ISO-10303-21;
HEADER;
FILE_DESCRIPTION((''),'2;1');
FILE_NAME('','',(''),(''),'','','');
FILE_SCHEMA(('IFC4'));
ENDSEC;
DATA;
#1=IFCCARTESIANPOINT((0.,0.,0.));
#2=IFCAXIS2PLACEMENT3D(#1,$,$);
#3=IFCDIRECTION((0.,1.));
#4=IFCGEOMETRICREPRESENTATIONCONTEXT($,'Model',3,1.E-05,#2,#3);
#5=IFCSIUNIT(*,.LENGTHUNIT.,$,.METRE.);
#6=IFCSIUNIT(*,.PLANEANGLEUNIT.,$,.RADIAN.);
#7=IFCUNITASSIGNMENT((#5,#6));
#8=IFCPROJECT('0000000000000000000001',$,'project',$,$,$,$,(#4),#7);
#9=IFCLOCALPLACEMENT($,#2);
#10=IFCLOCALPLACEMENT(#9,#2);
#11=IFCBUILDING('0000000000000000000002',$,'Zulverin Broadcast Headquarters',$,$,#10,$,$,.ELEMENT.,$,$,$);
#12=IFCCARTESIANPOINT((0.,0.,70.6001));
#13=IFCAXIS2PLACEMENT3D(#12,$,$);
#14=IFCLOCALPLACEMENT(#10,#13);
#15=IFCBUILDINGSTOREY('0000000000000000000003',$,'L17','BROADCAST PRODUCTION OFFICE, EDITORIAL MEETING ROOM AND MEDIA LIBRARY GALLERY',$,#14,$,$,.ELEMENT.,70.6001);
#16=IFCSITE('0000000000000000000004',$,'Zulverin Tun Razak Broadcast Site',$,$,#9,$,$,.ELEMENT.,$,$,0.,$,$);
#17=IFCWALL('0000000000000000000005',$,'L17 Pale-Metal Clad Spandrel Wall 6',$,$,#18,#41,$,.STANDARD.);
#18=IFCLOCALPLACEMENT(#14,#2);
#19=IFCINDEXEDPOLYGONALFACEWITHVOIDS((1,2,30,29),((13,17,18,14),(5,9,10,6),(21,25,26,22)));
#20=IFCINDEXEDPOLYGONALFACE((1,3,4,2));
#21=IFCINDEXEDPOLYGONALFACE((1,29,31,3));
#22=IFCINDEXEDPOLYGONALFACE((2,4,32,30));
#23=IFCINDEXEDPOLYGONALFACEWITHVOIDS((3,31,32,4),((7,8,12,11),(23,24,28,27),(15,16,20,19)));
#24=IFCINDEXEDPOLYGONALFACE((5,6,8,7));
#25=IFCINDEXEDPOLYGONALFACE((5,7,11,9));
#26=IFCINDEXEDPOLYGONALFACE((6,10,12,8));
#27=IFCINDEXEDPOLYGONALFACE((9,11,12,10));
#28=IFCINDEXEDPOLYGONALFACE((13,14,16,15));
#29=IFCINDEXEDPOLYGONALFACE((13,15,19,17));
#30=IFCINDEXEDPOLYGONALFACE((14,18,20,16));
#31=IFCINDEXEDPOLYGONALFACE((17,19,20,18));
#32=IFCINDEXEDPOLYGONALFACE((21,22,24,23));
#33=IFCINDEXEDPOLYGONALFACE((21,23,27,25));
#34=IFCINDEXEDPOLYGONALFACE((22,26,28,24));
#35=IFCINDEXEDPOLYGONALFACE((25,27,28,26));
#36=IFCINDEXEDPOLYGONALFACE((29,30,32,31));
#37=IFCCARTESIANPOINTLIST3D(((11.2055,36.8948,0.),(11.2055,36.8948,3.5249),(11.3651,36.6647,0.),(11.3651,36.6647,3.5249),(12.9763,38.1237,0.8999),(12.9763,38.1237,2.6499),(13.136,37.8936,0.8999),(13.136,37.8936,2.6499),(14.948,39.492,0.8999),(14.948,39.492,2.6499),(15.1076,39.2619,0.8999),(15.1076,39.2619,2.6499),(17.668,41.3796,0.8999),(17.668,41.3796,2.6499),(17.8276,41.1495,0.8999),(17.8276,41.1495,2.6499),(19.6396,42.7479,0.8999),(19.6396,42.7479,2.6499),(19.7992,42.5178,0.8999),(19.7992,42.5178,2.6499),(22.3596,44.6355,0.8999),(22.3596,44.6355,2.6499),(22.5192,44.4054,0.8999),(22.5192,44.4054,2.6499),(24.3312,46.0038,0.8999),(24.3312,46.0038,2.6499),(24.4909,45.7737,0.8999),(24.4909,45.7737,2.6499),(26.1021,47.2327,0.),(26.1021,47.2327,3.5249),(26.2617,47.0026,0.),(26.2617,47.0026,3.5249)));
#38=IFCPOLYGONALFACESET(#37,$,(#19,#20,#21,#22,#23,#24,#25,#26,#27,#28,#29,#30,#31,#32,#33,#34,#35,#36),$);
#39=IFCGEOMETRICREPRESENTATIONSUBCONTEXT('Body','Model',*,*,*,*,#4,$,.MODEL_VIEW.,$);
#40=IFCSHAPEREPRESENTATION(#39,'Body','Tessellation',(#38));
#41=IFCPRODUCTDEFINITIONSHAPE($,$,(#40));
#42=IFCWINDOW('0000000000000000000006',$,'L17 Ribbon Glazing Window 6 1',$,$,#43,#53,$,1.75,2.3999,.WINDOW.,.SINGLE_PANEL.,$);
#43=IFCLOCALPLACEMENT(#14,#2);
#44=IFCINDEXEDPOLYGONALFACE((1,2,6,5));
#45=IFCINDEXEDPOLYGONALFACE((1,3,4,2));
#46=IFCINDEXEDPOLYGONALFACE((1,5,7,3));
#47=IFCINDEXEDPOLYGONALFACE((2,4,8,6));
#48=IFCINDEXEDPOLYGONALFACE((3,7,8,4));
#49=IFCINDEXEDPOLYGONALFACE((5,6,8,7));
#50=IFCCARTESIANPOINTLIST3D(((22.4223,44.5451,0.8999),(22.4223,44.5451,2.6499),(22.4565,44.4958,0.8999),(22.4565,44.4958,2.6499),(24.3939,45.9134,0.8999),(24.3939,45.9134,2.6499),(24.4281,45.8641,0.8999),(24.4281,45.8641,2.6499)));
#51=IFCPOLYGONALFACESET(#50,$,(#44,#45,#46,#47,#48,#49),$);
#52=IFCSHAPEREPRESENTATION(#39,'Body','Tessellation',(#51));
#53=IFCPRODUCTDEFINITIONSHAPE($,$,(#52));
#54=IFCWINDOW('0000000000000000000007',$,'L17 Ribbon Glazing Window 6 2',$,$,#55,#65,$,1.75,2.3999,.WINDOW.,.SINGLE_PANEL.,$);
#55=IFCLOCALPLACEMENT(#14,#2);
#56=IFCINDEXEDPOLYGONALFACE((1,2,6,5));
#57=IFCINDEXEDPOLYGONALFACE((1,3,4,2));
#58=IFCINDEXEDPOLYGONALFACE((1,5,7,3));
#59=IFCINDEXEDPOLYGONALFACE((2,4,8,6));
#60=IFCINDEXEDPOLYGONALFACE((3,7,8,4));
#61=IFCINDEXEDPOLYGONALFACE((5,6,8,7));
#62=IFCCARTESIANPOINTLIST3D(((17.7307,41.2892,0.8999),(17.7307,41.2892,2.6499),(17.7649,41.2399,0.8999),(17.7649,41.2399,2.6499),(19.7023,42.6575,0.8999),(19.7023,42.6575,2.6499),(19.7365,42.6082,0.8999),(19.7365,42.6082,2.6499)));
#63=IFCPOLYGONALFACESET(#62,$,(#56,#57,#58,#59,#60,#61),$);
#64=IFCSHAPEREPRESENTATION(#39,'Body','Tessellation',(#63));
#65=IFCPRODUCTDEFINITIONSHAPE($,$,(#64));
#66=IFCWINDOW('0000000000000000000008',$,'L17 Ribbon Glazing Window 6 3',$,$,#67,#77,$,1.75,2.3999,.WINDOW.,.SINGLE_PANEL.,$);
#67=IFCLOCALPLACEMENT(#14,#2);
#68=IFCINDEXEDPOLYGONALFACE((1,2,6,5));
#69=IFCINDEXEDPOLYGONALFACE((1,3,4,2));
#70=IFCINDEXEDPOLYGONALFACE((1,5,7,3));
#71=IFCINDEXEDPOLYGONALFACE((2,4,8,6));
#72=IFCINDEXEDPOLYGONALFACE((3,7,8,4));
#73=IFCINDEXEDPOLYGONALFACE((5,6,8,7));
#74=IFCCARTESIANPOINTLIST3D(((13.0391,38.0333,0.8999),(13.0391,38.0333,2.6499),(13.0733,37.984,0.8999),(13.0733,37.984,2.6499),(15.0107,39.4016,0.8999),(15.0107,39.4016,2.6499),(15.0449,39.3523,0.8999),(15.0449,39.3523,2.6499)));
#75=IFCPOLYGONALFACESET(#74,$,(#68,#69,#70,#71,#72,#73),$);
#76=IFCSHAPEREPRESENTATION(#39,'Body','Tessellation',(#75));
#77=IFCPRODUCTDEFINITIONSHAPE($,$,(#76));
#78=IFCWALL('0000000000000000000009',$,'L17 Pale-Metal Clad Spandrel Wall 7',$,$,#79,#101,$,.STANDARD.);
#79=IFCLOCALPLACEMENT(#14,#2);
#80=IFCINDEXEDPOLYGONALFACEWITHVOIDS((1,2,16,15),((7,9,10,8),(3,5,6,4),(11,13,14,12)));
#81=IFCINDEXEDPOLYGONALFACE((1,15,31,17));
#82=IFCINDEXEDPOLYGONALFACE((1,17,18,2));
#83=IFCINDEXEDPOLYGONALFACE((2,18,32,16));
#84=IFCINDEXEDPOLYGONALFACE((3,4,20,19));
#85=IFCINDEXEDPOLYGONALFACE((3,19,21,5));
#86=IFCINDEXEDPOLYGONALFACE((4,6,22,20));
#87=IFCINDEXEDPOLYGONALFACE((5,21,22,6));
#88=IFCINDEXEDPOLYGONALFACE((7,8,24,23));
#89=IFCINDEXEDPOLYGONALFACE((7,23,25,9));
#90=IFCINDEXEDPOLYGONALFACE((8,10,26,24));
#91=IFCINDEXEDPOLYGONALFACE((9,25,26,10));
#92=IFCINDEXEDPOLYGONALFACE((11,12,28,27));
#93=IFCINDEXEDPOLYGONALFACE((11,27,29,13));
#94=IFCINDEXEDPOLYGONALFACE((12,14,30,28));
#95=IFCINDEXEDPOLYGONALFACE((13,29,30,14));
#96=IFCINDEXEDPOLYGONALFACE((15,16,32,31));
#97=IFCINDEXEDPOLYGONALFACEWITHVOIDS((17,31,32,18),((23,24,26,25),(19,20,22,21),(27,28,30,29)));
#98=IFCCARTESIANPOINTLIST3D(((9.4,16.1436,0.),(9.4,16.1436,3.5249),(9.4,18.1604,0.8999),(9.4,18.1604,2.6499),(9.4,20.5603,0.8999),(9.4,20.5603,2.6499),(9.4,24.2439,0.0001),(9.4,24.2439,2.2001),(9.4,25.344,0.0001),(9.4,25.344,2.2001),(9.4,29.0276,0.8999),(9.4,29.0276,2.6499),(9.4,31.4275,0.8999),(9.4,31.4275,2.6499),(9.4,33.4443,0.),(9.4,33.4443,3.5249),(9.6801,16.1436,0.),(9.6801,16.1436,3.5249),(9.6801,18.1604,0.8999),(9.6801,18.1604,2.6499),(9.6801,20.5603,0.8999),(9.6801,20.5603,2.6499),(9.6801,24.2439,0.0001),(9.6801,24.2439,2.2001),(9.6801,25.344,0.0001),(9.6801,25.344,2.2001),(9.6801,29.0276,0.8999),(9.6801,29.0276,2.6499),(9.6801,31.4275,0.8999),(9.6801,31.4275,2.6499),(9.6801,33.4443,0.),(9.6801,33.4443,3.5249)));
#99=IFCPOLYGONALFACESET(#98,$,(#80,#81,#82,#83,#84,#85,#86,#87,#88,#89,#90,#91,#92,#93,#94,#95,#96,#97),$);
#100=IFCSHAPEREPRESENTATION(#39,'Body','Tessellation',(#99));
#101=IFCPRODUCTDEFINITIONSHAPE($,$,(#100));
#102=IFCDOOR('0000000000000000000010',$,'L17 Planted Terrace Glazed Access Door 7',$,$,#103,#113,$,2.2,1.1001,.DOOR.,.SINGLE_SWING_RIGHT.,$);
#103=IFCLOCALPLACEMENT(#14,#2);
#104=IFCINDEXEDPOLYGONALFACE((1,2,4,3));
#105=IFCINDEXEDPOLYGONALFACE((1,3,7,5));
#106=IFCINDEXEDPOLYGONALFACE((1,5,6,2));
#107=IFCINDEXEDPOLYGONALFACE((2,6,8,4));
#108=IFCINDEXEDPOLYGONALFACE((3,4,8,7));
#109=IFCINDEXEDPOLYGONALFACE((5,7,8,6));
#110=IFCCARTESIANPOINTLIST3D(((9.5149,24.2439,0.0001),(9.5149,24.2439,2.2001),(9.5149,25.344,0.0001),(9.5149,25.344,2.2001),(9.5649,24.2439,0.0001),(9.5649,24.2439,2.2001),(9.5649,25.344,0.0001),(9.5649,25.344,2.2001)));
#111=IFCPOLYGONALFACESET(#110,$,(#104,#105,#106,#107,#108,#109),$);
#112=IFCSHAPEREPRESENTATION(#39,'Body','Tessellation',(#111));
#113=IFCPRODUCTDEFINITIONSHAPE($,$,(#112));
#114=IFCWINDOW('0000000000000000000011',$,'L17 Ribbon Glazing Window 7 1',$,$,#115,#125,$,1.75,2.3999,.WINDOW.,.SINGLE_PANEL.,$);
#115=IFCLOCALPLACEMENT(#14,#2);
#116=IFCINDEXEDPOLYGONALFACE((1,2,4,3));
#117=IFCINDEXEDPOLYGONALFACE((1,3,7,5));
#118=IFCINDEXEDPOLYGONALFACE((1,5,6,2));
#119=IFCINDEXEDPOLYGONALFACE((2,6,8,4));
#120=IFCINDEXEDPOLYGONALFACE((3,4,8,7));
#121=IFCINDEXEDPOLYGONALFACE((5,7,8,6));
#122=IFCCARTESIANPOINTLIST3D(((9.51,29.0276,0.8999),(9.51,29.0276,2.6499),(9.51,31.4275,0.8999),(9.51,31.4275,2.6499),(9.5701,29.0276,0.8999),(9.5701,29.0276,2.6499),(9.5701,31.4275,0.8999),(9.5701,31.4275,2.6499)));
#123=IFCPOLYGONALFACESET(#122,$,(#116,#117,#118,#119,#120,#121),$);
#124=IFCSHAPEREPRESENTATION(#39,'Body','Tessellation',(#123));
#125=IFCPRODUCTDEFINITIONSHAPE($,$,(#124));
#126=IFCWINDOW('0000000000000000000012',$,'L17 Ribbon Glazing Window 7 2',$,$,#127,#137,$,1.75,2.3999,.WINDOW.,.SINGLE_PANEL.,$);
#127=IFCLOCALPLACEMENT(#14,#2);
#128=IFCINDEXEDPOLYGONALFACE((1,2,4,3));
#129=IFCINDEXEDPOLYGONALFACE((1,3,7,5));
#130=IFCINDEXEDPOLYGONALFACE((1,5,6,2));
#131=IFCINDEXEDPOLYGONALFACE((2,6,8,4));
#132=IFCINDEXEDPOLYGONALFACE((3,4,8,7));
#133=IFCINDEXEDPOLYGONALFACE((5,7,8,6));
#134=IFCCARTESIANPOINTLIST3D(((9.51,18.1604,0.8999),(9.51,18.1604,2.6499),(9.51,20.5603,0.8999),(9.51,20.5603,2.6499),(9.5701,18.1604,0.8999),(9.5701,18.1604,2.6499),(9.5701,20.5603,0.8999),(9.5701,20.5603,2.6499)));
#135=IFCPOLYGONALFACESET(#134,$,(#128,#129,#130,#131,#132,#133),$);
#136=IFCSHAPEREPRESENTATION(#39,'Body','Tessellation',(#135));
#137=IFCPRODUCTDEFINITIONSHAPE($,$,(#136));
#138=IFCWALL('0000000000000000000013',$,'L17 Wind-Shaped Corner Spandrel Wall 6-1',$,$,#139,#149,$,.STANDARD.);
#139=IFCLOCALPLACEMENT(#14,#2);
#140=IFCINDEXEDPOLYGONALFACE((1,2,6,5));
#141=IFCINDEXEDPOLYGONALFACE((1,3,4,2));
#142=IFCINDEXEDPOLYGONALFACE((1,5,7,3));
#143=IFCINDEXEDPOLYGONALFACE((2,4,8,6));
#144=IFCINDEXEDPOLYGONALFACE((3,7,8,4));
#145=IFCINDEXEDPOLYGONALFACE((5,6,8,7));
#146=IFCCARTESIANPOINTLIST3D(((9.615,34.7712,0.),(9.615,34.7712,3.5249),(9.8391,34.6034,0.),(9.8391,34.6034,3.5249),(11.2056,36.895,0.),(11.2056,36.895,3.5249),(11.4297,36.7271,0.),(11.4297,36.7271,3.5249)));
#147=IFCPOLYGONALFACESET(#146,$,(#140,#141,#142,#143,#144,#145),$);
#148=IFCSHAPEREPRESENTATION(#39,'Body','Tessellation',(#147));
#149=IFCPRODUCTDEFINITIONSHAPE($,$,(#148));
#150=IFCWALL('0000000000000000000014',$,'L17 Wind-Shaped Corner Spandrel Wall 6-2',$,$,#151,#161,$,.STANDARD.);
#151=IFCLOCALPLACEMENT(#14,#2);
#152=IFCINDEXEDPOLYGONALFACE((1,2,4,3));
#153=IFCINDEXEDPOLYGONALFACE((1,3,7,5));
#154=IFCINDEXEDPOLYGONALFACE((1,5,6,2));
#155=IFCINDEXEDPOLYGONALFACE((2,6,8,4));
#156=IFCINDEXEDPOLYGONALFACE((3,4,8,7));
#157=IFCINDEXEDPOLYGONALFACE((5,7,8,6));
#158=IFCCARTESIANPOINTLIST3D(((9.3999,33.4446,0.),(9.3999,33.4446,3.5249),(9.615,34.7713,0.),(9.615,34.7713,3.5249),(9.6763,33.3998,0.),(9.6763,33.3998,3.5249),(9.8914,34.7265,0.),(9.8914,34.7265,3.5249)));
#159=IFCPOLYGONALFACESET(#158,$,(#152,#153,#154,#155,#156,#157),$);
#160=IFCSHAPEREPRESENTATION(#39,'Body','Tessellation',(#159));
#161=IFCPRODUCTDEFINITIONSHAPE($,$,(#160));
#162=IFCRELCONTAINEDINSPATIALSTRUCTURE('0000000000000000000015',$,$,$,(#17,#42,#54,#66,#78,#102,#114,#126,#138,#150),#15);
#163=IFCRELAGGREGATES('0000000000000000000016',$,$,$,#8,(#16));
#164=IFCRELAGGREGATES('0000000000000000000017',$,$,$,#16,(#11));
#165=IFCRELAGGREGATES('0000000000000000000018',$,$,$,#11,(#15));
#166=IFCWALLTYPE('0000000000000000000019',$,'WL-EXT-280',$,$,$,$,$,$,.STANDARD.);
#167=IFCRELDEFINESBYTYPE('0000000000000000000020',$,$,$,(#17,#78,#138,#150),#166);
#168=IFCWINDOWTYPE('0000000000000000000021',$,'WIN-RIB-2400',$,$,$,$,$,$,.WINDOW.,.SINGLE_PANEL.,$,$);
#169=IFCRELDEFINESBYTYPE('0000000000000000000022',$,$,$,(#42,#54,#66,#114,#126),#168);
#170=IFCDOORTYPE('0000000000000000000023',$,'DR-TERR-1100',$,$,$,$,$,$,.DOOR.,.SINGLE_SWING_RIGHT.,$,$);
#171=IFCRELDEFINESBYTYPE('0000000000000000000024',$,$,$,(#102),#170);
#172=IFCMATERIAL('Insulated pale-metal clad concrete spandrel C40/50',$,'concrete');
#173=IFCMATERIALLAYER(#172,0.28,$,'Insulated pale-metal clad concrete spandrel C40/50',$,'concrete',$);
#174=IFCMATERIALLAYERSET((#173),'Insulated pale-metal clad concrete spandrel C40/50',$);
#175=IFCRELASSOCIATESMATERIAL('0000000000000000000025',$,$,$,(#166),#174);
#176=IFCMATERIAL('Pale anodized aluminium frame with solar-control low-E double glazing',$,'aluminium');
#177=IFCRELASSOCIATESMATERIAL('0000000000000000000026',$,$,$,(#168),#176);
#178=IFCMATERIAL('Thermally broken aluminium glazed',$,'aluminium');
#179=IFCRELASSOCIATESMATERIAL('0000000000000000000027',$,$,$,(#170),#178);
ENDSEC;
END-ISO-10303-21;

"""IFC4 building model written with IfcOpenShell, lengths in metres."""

from ifc_helpers import new_model, si_unit, direction, frame, frame_2d, origin, place, context, subcontext, project, spatial, rectangle, extrude, material, layer, layer_set, type_object, element, fill, save


model = new_model("IFC4")

# Units and contexts
model_context = context("Model", 3, precision=1e-05, world=origin(), true_north=direction((0.0, 1.0)))
body_context = subcontext(model_context, "Body", "Model", "MODEL_VIEW")
ifc_project = project(units=[si_unit("LENGTHUNIT", "METRE"), si_unit("PLANEANGLEUNIT", "RADIAN")], contexts=[model_context])

# Site, building, storey
site_placement = place(None, origin())
site = spatial("IfcSite", under=ifc_project, at=site_placement, Name="Zulverin Tun Razak Broadcast Site", CompositionType="ELEMENT", RefElevation=0.0)
building_placement = place(site_placement, origin())
building = spatial("IfcBuilding", under=site, at=building_placement, Name="Zulverin Broadcast Headquarters", CompositionType="ELEMENT")
storey_placement = place(building_placement, frame((0.0, 0.0, 70.6001)))
storey = spatial("IfcBuildingStorey", under=building, at=storey_placement, Name="L17", Description="BROADCAST PRODUCTION OFFICE, EDITORIAL MEETING ROOM AND MEDIA LIBRARY GALLERY", CompositionType="ELEMENT", Elevation=70.6001)

# Wall, openings, windows
ifc_material_1 = material(Name="Insulated pale-metal clad concrete spandrel C40/50", Category="concrete")
ifc_layer_1 = layer(ifc_material_1, 0.28, Name="Insulated pale-metal clad concrete spandrel C40/50", Category="concrete")
ifc_layer_set_1 = layer_set([ifc_layer_1], Name="Insulated pale-metal clad concrete spandrel C40/50")
wall_type_1 = type_object("IfcWallType", Name="WL-EXT-280", PredefinedType="STANDARD", material=ifc_layer_set_1)
wall_1_placement = place(storey_placement, frame((26.1819, 47.1177, 0.0), z_axis=(0.0, 0.0, 1.0), x_axis=(-0.821548, -0.570139, 0.0)))
wall_1 = element("IfcWall", 1, at=wall_1_placement, inside=storey, type_object=wall_type_1, Name="L17 Pale-Metal Clad Spandrel Wall 6", PredefinedType="STANDARD", context=body_context, shape_type="SweptSolid", body=[
    extrude(rectangle(XDim=18.1323, YDim=0.28, at=frame_2d((9.0662, 0.0))), origin(), (0.0, 0.0, 1.0), 3.5249),
])
opening_1_placement = place(wall_1_placement, frame((2.1555, 0.0, 0.8999)))
opening_1 = element("IfcOpeningElement", 2, at=opening_1_placement, cuts=wall_1, PredefinedType="OPENING", context=body_context, shape_type="SweptSolid", body=[
    extrude(rectangle(XDim=2.3999, YDim=1.75, at=frame_2d((1.2, 0.875))), frame((0.0, 0.1499, 0.0), z_axis=(0.0, -1.0, 0.0), x_axis=(1.0, 0.0, 0.0)), (0.0, 0.0, 1.0), 0.3),
])
opening_2_placement = place(wall_1_placement, frame((7.8662, 0.0, 0.8999)))
opening_2 = element("IfcOpeningElement", 3, at=opening_2_placement, cuts=wall_1, PredefinedType="OPENING", context=body_context, shape_type="SweptSolid", body=[
    extrude(rectangle(XDim=2.3999, YDim=1.75, at=frame_2d((1.2, 0.875))), frame((0.0, 0.1499, 0.0), z_axis=(0.0, -1.0, 0.0), x_axis=(1.0, 0.0, 0.0)), (0.0, 0.0, 1.0), 0.3),
])
opening_3_placement = place(wall_1_placement, frame((13.5769, 0.0, 0.8999)))
opening_3 = element("IfcOpeningElement", 4, at=opening_3_placement, cuts=wall_1, PredefinedType="OPENING", context=body_context, shape_type="SweptSolid", body=[
    extrude(rectangle(XDim=2.3999, YDim=1.75, at=frame_2d((1.2, 0.875))), frame((0.0, 0.1499, 0.0), z_axis=(0.0, -1.0, 0.0), x_axis=(1.0, 0.0, 0.0)), (0.0, 0.0, 1.0), 0.3),
])
ifc_material_2 = material(Name="Pale anodized aluminium frame with solar-control low-E double glazing", Category="aluminium")
window_type = type_object("IfcWindowType", Name="WIN-RIB-2400", PartitioningType="SINGLE_PANEL", PredefinedType="WINDOW", material=ifc_material_2)
window_1_placement = place(opening_1_placement, origin())
window_1 = element("IfcWindow", 5, at=window_1_placement, inside=storey, type_object=window_type, Name="L17 Ribbon Glazing Window 6 1", OverallHeight=1.75, OverallWidth=2.3999, PartitioningType="SINGLE_PANEL", PredefinedType="WINDOW", context=body_context, shape_type="SweptSolid", body=[
    extrude(rectangle(XDim=2.3999, YDim=1.75, at=frame_2d((1.2, 0.875))), frame((0.0, 0.03, 0.0), z_axis=(0.0, -1.0, 0.0), x_axis=(1.0, 0.0, 0.0)), (0.0, 0.0, 1.0), 0.0601),
])
fill(opening_1, window_1)
window_2_placement = place(opening_2_placement, origin())
window_2 = element("IfcWindow", 6, at=window_2_placement, inside=storey, type_object=window_type, Name="L17 Ribbon Glazing Window 6 2", OverallHeight=1.75, OverallWidth=2.3999, PartitioningType="SINGLE_PANEL", PredefinedType="WINDOW", context=body_context, shape_type="SweptSolid", body=[
    extrude(rectangle(XDim=2.3999, YDim=1.75, at=frame_2d((1.2, 0.875))), frame((0.0, 0.03, 0.0), z_axis=(0.0, -1.0, 0.0), x_axis=(1.0, 0.0, 0.0)), (0.0, 0.0, 1.0), 0.0601),
])
fill(opening_2, window_2)
window_3_placement = place(opening_3_placement, origin())
window_3 = element("IfcWindow", 7, at=window_3_placement, inside=storey, type_object=window_type, Name="L17 Ribbon Glazing Window 6 3", OverallHeight=1.75, OverallWidth=2.3999, PartitioningType="SINGLE_PANEL", PredefinedType="WINDOW", context=body_context, shape_type="SweptSolid", body=[
    extrude(rectangle(XDim=2.3999, YDim=1.75, at=frame_2d((1.2, 0.875))), frame((0.0, 0.03, 0.0), z_axis=(0.0, -1.0, 0.0), x_axis=(1.0, 0.0, 0.0)), (0.0, 0.0, 1.0), 0.0601),
])
fill(opening_3, window_3)

# Wall, openings, door, windows
wall_2_placement = place(storey_placement, frame((9.54, 33.4443, 0.0), z_axis=(0.0, 0.0, 1.0), x_axis=(0.0, -1.0, 0.0)))
wall_2 = element("IfcWall", 8, at=wall_2_placement, inside=storey, type_object=wall_type_1, Name="L17 Pale-Metal Clad Spandrel Wall 7", PredefinedType="STANDARD", context=body_context, shape_type="SweptSolid", body=[
    extrude(rectangle(XDim=17.3008, YDim=0.28, at=frame_2d((8.6504, 0.0))), origin(), (0.0, 0.0, 1.0), 3.5249),
])
opening_4_placement = place(wall_2_placement, frame((8.1003, 0.0, 0.0)))
opening_4 = element("IfcOpeningElement", 9, at=opening_4_placement, cuts=wall_2, PredefinedType="OPENING", context=body_context, shape_type="SweptSolid", body=[
    extrude(rectangle(XDim=1.1001, YDim=2.2, at=frame_2d((0.55, 1.1001))), frame((0.0, 0.1499, 0.0), z_axis=(0.0, -1.0, 0.0), x_axis=(1.0, 0.0, 0.0)), (0.0, 0.0, 1.0), 0.3),
])
opening_5_placement = place(wall_2_placement, frame((2.0168, 0.0, 0.8999)))
opening_5 = element("IfcOpeningElement", 10, at=opening_5_placement, cuts=wall_2, PredefinedType="OPENING", context=body_context, shape_type="SweptSolid", body=[
    extrude(rectangle(XDim=2.3999, YDim=1.75, at=frame_2d((1.2, 0.875))), frame((0.0, 0.1499, 0.0), z_axis=(0.0, -1.0, 0.0), x_axis=(1.0, 0.0, 0.0)), (0.0, 0.0, 1.0), 0.3),
])
opening_6_placement = place(wall_2_placement, frame((12.884, 0.0, 0.8999)))
opening_6 = element("IfcOpeningElement", 11, at=opening_6_placement, cuts=wall_2, PredefinedType="OPENING", context=body_context, shape_type="SweptSolid", body=[
    extrude(rectangle(XDim=2.3999, YDim=1.75, at=frame_2d((1.2, 0.875))), frame((0.0, 0.1499, 0.0), z_axis=(0.0, -1.0, 0.0), x_axis=(1.0, 0.0, 0.0)), (0.0, 0.0, 1.0), 0.3),
])
ifc_material_3 = material(Name="Thermally broken aluminium glazed", Category="aluminium")
door_type_1 = type_object("IfcDoorType", Name="DR-TERR-1100", OperationType="SINGLE_SWING_RIGHT", PredefinedType="DOOR", material=ifc_material_3)
door_1_placement = place(opening_4_placement, origin())
door_1 = element("IfcDoor", 12, at=door_1_placement, inside=storey, type_object=door_type_1, Name="L17 Planted Terrace Glazed Access Door 7", OperationType="SINGLE_SWING_RIGHT", OverallHeight=2.2, OverallWidth=1.1001, PredefinedType="DOOR", context=body_context, shape_type="SweptSolid", body=[
    extrude(rectangle(XDim=1.1001, YDim=2.2, at=frame_2d((0.55, 1.1001))), frame((0.0, 0.0249, 0.0), z_axis=(0.0, -1.0, 0.0), x_axis=(1.0, 0.0, 0.0)), (0.0, 0.0, 1.0), 0.05),
])
fill(opening_4, door_1)
window_4_placement = place(opening_5_placement, origin())
window_4 = element("IfcWindow", 13, at=window_4_placement, inside=storey, type_object=window_type, Name="L17 Ribbon Glazing Window 7 1", OverallHeight=1.75, OverallWidth=2.3999, PartitioningType="SINGLE_PANEL", PredefinedType="WINDOW", context=body_context, shape_type="SweptSolid", body=[
    extrude(rectangle(XDim=2.3999, YDim=1.75, at=frame_2d((1.2, 0.875))), frame((0.0, 0.03, 0.0), z_axis=(0.0, -1.0, 0.0), x_axis=(1.0, 0.0, 0.0)), (0.0, 0.0, 1.0), 0.0601),
])
fill(opening_5, window_4)
window_5_placement = place(opening_6_placement, origin())
window_5 = element("IfcWindow", 14, at=window_5_placement, inside=storey, type_object=window_type, Name="L17 Ribbon Glazing Window 7 2", OverallHeight=1.75, OverallWidth=2.3999, PartitioningType="SINGLE_PANEL", PredefinedType="WINDOW", context=body_context, shape_type="SweptSolid", body=[
    extrude(rectangle(XDim=2.3999, YDim=1.75, at=frame_2d((1.2, 0.875))), frame((0.0, 0.03, 0.0), z_axis=(0.0, -1.0, 0.0), x_axis=(1.0, 0.0, 0.0)), (0.0, 0.0, 1.0), 0.0601),
])
fill(opening_6, window_5)

# Walls
wall_3_placement = place(storey_placement, frame((11.3176, 36.811, 0.0), z_axis=(0.0, 0.0, 1.0), x_axis=(-0.599455, -0.800408, 0.0)))
element("IfcWall", 15, at=wall_3_placement, inside=storey, type_object=wall_type_1, Name="L17 Wind-Shaped Corner Spandrel Wall 6-1", PredefinedType="STANDARD", context=body_context, shape_type="SweptSolid", body=[
    extrude(rectangle(XDim=2.6533, YDim=0.28, at=frame_2d((1.3267, 0.0))), origin(), (0.0, 0.0, 1.0), 3.5249),
])
wall_4_placement = place(storey_placement, frame((9.7532, 34.7488, 0.0), z_axis=(0.0, 0.0, 1.0), x_axis=(-0.160038, -0.987111, 0.0)))
element("IfcWall", 16, at=wall_4_placement, inside=storey, type_object=wall_type_1, Name="L17 Wind-Shaped Corner Spandrel Wall 6-2", PredefinedType="STANDARD", context=body_context, shape_type="SweptSolid", body=[
    extrude(rectangle(XDim=1.344, YDim=0.28, at=frame_2d((0.6719, 0.0))), origin(), (0.0, 0.0, 1.0), 3.5249),
])

save(model, "model.ifc")
